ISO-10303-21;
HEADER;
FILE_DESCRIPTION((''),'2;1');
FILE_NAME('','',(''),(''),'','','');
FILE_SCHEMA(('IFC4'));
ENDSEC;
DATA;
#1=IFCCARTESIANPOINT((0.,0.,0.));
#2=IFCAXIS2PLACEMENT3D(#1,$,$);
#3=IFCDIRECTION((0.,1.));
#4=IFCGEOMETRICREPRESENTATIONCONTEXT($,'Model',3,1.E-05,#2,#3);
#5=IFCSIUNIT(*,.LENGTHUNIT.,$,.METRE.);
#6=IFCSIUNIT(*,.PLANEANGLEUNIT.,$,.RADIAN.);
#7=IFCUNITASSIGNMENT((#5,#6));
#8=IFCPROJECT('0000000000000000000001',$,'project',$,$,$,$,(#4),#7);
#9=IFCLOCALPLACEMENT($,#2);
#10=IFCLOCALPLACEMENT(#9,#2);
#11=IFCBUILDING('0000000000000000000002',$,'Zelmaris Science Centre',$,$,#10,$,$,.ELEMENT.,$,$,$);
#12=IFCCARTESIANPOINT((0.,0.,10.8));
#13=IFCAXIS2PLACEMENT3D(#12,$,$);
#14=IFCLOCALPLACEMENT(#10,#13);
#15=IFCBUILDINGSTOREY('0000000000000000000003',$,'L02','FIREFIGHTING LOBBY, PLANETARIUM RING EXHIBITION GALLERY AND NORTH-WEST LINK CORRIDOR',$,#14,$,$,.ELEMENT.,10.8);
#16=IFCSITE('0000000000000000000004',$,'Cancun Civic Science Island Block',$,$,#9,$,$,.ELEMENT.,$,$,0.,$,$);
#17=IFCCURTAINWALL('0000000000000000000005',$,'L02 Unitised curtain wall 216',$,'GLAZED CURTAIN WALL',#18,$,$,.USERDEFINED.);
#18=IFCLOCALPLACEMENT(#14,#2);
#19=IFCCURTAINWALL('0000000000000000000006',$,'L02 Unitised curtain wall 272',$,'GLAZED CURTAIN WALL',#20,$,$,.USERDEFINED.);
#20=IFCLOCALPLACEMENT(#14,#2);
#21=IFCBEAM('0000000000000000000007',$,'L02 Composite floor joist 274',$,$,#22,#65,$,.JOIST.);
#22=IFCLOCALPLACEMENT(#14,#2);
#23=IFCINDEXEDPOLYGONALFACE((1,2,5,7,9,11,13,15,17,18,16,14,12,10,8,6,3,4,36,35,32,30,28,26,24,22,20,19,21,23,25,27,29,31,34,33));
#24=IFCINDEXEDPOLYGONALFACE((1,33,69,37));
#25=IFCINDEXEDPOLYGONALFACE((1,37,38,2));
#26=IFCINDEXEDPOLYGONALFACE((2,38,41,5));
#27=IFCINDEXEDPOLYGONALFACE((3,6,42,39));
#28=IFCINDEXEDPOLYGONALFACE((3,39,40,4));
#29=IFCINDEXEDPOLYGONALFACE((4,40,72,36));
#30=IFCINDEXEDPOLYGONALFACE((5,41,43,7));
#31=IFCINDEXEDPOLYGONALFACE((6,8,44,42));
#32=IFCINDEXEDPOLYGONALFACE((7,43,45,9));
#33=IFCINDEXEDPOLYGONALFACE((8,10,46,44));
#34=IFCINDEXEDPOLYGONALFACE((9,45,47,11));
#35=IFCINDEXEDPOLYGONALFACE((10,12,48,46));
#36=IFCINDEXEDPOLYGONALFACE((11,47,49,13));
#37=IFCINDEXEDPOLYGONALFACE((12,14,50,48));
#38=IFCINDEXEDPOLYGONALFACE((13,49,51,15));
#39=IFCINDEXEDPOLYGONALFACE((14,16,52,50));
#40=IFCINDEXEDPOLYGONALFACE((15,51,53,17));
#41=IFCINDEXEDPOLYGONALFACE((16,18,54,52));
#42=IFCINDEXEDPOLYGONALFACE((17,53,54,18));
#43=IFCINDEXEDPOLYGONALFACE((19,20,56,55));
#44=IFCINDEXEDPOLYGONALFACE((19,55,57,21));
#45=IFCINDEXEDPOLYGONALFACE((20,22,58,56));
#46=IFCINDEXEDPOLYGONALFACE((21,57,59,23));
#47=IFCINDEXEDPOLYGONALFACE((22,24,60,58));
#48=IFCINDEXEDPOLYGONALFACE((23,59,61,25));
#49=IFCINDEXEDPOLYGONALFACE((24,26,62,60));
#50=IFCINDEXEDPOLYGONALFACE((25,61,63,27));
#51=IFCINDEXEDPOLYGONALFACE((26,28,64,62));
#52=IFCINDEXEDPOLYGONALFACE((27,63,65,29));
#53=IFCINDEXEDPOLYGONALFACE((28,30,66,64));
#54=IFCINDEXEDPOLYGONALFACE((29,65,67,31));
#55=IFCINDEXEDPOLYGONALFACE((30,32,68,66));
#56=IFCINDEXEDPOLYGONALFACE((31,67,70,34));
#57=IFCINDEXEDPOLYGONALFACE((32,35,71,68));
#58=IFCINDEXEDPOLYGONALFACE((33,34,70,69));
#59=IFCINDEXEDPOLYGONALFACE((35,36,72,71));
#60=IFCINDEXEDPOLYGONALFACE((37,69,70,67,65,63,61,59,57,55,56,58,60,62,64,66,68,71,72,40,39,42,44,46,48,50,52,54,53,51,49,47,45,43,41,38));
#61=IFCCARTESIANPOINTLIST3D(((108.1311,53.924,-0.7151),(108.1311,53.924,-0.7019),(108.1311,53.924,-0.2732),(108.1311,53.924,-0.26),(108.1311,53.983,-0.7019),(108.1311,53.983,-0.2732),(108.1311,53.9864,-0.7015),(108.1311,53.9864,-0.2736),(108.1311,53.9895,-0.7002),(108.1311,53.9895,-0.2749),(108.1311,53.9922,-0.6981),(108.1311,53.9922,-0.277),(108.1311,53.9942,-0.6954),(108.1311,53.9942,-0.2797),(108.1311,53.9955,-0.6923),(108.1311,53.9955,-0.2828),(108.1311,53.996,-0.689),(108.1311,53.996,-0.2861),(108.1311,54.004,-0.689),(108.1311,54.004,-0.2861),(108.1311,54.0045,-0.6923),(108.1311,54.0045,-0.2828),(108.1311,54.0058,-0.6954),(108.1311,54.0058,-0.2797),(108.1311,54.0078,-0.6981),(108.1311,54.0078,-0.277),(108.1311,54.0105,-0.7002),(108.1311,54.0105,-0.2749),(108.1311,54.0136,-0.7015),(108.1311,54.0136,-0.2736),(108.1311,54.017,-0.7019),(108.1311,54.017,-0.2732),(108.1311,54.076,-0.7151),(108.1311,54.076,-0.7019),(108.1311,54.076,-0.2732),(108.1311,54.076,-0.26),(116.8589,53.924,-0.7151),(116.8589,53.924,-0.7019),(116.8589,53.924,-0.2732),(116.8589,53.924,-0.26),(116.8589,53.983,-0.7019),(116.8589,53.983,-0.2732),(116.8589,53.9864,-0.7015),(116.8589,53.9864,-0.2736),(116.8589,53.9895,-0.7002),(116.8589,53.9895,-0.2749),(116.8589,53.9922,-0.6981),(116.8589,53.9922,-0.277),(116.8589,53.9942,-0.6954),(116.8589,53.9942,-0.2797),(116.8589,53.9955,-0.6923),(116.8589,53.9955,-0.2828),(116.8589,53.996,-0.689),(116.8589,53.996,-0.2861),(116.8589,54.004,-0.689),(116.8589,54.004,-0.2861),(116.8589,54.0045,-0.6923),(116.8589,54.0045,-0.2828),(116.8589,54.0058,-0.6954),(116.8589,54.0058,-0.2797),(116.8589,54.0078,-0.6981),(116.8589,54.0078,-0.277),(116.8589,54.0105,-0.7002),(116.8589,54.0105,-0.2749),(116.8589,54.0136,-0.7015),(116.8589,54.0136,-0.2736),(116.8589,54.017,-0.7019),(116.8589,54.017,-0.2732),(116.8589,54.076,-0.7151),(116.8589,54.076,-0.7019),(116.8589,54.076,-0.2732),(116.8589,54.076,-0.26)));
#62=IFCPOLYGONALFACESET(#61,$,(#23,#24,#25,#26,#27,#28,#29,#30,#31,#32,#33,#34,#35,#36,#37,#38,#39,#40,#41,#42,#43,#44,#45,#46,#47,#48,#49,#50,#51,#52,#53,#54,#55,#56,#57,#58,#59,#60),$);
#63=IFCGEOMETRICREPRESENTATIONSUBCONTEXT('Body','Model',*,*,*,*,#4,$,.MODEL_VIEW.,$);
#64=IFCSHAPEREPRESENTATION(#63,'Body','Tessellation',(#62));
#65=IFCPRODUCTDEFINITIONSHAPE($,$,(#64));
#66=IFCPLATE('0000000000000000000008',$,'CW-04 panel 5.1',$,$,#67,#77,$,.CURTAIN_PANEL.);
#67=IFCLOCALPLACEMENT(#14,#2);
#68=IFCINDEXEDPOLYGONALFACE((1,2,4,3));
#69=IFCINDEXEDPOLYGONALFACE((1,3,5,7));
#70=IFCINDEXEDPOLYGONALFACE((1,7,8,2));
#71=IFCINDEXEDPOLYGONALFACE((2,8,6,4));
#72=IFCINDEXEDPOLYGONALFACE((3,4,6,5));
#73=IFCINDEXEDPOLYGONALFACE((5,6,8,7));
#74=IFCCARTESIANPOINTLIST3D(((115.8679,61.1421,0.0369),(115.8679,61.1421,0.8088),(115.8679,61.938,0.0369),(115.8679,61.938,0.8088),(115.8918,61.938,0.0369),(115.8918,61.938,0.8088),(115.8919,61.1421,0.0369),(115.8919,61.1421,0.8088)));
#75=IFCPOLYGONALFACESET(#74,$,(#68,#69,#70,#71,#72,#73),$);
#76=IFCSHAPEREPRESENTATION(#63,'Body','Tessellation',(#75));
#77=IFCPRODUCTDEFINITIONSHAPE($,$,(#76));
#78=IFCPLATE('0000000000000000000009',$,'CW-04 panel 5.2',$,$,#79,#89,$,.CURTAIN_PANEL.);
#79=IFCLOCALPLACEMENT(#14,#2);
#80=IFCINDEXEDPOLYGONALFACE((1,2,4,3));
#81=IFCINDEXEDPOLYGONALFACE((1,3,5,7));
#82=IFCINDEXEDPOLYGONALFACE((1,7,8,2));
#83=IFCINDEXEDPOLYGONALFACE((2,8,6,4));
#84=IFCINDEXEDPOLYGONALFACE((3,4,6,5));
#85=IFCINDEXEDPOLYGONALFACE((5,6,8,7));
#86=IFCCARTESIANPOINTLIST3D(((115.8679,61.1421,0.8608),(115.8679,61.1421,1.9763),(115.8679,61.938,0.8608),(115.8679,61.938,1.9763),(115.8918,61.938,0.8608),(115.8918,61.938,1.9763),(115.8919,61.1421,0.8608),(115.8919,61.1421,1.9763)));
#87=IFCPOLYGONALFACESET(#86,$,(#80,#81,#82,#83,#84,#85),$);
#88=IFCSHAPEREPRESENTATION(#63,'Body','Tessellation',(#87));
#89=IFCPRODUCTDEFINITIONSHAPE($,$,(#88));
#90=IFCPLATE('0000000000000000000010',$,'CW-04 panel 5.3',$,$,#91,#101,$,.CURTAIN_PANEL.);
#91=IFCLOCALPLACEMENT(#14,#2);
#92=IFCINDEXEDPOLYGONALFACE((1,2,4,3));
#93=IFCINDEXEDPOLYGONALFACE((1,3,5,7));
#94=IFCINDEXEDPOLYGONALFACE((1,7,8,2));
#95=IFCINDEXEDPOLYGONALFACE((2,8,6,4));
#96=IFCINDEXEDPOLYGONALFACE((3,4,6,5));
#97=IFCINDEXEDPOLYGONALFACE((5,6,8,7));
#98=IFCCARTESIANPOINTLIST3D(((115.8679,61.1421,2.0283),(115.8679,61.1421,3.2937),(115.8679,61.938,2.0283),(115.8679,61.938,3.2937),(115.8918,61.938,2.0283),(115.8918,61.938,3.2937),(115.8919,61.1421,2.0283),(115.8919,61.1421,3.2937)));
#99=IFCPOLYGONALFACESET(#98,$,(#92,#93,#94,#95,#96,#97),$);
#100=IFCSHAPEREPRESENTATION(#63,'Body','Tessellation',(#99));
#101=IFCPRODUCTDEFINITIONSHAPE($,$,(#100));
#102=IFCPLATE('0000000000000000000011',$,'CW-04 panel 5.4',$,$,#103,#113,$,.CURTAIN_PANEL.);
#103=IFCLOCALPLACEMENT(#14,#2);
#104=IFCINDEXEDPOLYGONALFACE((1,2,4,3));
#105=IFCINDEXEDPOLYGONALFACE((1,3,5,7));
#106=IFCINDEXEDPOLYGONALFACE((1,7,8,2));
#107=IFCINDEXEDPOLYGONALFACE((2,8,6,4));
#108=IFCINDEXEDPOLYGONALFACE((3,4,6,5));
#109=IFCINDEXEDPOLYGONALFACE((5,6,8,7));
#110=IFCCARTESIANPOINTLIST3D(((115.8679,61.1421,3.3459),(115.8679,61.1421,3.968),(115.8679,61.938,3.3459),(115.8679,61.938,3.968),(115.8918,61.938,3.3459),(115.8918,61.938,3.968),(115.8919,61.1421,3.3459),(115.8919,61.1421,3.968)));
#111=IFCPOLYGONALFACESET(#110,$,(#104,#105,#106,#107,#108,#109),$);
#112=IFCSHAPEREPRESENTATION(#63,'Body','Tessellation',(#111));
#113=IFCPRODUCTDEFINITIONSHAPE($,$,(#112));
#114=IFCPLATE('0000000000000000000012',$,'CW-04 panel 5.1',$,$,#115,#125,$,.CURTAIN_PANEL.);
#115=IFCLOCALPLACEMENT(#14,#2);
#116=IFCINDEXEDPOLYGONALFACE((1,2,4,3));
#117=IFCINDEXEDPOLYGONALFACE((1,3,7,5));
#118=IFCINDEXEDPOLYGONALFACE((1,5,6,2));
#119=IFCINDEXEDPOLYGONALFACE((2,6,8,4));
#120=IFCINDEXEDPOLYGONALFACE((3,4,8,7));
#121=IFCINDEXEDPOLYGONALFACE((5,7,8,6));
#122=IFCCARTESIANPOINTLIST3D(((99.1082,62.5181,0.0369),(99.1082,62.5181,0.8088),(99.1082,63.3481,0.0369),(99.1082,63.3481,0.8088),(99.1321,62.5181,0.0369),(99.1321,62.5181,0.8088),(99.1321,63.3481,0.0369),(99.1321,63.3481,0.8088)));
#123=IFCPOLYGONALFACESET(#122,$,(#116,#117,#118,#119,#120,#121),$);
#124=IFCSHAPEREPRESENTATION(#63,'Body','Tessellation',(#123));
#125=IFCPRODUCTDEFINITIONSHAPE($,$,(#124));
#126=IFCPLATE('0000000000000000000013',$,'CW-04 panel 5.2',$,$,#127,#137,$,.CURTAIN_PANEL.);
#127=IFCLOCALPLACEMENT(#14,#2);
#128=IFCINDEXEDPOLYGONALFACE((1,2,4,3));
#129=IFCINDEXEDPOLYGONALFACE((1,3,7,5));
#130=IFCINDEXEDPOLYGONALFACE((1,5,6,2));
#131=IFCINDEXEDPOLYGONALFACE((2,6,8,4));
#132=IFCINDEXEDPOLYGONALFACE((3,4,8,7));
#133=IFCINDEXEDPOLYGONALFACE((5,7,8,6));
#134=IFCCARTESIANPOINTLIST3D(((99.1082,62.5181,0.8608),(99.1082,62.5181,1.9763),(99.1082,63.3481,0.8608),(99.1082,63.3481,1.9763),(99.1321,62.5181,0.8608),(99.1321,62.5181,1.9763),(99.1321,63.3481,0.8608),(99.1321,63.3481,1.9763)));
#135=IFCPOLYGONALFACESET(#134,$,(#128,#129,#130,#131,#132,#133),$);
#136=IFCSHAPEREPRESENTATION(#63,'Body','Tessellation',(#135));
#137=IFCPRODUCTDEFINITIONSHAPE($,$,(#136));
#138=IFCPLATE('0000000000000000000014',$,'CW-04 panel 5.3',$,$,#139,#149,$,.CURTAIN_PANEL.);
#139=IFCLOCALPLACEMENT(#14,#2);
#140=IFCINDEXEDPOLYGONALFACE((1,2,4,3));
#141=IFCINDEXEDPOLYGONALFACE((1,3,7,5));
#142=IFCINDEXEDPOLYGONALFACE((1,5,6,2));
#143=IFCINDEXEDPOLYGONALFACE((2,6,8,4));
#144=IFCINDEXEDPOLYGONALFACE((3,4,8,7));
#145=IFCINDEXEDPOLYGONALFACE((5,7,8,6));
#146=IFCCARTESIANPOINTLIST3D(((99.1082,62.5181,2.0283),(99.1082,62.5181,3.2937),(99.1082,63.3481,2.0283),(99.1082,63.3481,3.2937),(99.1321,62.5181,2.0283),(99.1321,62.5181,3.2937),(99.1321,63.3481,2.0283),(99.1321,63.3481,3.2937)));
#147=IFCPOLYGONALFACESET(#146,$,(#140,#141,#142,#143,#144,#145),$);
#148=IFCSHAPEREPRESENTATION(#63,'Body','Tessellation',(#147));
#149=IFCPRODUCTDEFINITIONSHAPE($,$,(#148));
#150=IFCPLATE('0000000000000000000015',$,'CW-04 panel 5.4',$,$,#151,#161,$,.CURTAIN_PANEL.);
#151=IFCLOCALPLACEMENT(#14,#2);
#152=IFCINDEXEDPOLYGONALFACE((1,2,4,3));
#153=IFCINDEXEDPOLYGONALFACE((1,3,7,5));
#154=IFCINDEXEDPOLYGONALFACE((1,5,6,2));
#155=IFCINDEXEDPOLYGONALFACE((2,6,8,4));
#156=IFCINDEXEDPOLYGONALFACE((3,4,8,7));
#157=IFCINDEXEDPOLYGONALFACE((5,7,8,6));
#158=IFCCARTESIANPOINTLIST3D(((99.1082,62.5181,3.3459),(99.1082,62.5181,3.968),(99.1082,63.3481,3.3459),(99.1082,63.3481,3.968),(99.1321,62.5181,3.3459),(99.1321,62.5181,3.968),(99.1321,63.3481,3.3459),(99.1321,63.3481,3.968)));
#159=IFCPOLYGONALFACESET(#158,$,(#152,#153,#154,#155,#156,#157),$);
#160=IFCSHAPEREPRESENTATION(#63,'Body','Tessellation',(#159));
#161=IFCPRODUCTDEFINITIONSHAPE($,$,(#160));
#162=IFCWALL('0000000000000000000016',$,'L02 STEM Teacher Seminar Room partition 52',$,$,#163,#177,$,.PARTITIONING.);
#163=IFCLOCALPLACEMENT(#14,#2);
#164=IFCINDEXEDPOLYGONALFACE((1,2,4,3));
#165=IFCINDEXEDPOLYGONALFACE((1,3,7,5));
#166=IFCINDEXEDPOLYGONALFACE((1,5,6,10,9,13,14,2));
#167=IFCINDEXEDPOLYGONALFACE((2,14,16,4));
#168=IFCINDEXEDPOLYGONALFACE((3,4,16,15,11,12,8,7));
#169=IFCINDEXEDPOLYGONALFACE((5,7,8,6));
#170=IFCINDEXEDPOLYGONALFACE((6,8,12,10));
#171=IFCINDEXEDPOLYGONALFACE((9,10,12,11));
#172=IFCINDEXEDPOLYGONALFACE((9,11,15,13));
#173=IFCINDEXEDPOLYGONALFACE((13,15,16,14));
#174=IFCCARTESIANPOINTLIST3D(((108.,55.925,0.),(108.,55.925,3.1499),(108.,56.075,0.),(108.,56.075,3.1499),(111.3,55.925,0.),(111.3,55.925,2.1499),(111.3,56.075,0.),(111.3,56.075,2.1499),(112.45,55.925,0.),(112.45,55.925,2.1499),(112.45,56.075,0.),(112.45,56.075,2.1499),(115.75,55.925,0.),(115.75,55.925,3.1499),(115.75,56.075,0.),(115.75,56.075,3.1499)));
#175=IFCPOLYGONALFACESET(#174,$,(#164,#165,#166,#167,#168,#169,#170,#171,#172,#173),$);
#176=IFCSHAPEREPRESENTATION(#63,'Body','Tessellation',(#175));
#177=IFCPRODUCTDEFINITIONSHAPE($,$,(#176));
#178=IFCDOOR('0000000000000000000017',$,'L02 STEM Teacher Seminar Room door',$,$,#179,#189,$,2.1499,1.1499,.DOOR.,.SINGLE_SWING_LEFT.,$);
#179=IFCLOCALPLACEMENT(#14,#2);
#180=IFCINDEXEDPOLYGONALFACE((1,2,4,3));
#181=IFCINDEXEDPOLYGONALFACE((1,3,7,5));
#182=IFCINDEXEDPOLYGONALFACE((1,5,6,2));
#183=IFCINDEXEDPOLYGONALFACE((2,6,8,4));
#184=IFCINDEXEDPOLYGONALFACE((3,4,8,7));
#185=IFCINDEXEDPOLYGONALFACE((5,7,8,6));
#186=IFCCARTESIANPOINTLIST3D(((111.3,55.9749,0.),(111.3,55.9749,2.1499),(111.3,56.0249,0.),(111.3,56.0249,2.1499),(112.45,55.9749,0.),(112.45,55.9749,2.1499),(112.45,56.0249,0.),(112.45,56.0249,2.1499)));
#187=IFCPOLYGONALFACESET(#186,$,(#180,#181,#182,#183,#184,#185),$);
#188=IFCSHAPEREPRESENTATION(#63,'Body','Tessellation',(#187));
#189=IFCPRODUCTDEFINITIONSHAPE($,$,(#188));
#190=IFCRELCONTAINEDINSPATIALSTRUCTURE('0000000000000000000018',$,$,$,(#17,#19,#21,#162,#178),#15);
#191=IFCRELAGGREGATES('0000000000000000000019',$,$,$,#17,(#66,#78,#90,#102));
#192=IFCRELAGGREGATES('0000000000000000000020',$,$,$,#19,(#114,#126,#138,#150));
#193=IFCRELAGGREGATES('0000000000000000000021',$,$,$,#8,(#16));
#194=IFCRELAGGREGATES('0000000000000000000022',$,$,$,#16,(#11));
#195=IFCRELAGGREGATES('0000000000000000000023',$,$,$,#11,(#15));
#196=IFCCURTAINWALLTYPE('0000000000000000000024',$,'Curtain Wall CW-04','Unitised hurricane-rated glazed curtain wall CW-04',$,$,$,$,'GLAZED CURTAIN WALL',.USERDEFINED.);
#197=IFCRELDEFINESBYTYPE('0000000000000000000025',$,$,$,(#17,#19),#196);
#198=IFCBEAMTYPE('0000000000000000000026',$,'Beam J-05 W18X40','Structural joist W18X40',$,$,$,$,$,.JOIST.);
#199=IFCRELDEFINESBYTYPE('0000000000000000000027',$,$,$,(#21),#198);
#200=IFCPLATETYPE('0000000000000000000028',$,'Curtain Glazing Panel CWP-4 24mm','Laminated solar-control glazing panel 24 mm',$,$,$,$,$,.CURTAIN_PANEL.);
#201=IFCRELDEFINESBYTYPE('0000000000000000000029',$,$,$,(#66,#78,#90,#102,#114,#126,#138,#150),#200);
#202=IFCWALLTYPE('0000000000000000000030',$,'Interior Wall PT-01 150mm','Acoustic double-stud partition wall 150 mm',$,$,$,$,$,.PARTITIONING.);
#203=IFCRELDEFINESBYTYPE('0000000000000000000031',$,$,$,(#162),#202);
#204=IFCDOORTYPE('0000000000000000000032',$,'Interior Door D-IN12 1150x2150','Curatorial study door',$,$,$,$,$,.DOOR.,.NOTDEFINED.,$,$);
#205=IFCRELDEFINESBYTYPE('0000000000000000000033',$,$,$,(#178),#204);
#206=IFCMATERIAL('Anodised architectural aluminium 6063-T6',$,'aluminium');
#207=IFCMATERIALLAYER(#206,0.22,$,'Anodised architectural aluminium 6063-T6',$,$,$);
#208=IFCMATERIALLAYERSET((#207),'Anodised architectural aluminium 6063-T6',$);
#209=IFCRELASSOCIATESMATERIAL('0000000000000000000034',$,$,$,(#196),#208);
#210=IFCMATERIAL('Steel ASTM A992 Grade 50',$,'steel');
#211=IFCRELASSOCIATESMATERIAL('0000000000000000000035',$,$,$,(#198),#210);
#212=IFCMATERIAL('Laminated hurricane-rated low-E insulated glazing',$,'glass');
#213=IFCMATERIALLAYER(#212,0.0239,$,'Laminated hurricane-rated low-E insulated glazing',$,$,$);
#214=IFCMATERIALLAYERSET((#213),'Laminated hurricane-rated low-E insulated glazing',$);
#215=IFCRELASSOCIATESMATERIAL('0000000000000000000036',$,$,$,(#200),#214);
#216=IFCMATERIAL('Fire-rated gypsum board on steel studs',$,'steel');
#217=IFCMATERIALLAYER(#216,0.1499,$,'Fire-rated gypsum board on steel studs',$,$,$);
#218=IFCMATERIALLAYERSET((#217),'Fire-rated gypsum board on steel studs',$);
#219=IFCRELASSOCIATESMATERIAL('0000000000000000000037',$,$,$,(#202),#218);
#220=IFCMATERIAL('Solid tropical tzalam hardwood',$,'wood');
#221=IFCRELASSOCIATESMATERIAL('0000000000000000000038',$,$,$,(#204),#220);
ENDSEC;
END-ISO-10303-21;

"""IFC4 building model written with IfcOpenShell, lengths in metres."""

from ifc_helpers import new_model, si_unit, direction, frame, frame_2d, origin, origin_2d, place, context, subcontext, project, spatial, rectangle, i_section, extrude, material, layer, layer_set, material_profile, profile_set, type_object, element, fill, aggregate, save


model = new_model("IFC4")

# Units and contexts
model_context = context("Model", 3, precision=1e-05, world=origin(), true_north=direction((0.0, 1.0)))
body_context = subcontext(model_context, "Body", "Model", "MODEL_VIEW")
ifc_project = project(units=[si_unit("LENGTHUNIT", "METRE"), si_unit("PLANEANGLEUNIT", "RADIAN")], contexts=[model_context])

# Site, building, storey
site_placement = place(None, origin())
site = spatial("IfcSite", under=ifc_project, at=site_placement, Name="Cancun Civic Science Island Block", CompositionType="ELEMENT", RefElevation=0.0)
building_placement = place(site_placement, origin())
building = spatial("IfcBuilding", under=site, at=building_placement, Name="Zelmaris Science Centre", CompositionType="ELEMENT")
storey_placement = place(building_placement, frame((0.0, 0.0, 10.8)))
storey = spatial("IfcBuildingStorey", under=building, at=storey_placement, Name="L02", Description="FIREFIGHTING LOBBY, PLANETARIUM RING EXHIBITION GALLERY AND NORTH-WEST LINK CORRIDOR", CompositionType="ELEMENT", Elevation=10.8)

# Shared definitions
ifc_material_1 = material(Name="Steel ASTM A992 Grade 50", Category="steel")

# Curtain walls
ifc_material_2 = material(Name="Anodised architectural aluminium 6063-T6", Category="aluminium")
ifc_layer_1 = layer(ifc_material_2, 0.22, Name="Anodised architectural aluminium 6063-T6")
ifc_layer_set_1 = layer_set([ifc_layer_1], Name="Anodised architectural aluminium 6063-T6")
curtain_wall_type = type_object("IfcCurtainWallType", Name="Curtain Wall CW-04", Description="Unitised hurricane-rated glazed curtain wall CW-04", ElementType="GLAZED CURTAIN WALL", PredefinedType="USERDEFINED", material=ifc_layer_set_1)
curtain_wall_1_placement = place(storey_placement, origin())
curtain_wall_1 = element("IfcCurtainWall", 1, at=curtain_wall_1_placement, inside=storey, type_object=curtain_wall_type, Name="L02 Unitised curtain wall 216", ObjectType="GLAZED CURTAIN WALL", PredefinedType="USERDEFINED")
curtain_wall_2_placement = place(storey_placement, origin())
curtain_wall_2 = element("IfcCurtainWall", 2, at=curtain_wall_2_placement, inside=storey, type_object=curtain_wall_type, Name="L02 Unitised curtain wall 272", ObjectType="GLAZED CURTAIN WALL", PredefinedType="USERDEFINED")

# Beam
ifc_material_profile_1 = material_profile(ifc_material_1, i_section(OverallWidth=0.1521, OverallDepth=0.4551, WebThickness=0.0081, FlangeThickness=0.0132, FilletRadius=0.0129, at=origin_2d()), Name="W18X40")
ifc_profile_set_1 = profile_set([ifc_material_profile_1], Name="Steel ASTM A992 Grade 50")
beam_type_1 = type_object("IfcBeamType", Name="Beam J-05 W18X40", Description="Structural joist W18X40", PredefinedType="JOIST", material=ifc_profile_set_1)
beam_1_placement = place(storey_placement, frame((108.1311, 54.0, -0.4875), z_axis=(1.0, 0.0, 0.0), x_axis=(0.0, 1.0, 0.0)))
element("IfcBeam", 3, at=beam_1_placement, inside=storey, type_object=beam_type_1, Name="L02 Composite floor joist 274", PredefinedType="JOIST", context=body_context, shape_type="SweptSolid", body=[
    extrude(i_section(OverallWidth=0.1521, OverallDepth=0.4551, WebThickness=0.0081, FlangeThickness=0.0132, FilletRadius=0.0129, at=origin_2d()), origin(), (0.0, 0.0, 1.0), 8.7278),
])

# Plates
ifc_material_3 = material(Name="Laminated hurricane-rated low-E insulated glazing", Category="glass")
ifc_layer_2 = layer(ifc_material_3, 0.0239, Name="Laminated hurricane-rated low-E insulated glazing")
ifc_layer_set_2 = layer_set([ifc_layer_2], Name="Laminated hurricane-rated low-E insulated glazing")
plate_type = type_object("IfcPlateType", Name="Curtain Glazing Panel CWP-4 24mm", Description="Laminated solar-control glazing panel 24 mm", PredefinedType="CURTAIN_PANEL", material=ifc_layer_set_2)
plate_1_placement = place(storey_placement, frame((115.8799, 61.54, 0.0369), z_axis=(0.0, 0.0, 1.0), x_axis=(0.000023, -1.0, 0.0)))
plate_1 = element("IfcPlate", 4, at=plate_1_placement, type_object=plate_type, Name="CW-04 panel 5.1", PredefinedType="CURTAIN_PANEL", context=body_context, shape_type="SweptSolid", body=[
    extrude(rectangle(XDim=0.7959, YDim=0.0239, at=origin_2d()), origin(), (0.0, 0.0, 1.0), 0.772),
])
plate_2_placement = place(storey_placement, frame((115.8799, 61.54, 0.8608), z_axis=(0.0, 0.0, 1.0), x_axis=(0.000023, -1.0, 0.0)))
plate_2 = element("IfcPlate", 5, at=plate_2_placement, type_object=plate_type, Name="CW-04 panel 5.2", PredefinedType="CURTAIN_PANEL", context=body_context, shape_type="SweptSolid", body=[
    extrude(rectangle(XDim=0.7959, YDim=0.0239, at=origin_2d()), origin(), (0.0, 0.0, 1.0), 1.1155),
])
plate_3_placement = place(storey_placement, frame((115.8799, 61.54, 2.0283), z_axis=(0.0, 0.0, 1.0), x_axis=(0.000023, -1.0, 0.0)))
plate_3 = element("IfcPlate", 6, at=plate_3_placement, type_object=plate_type, Name="CW-04 panel 5.3", PredefinedType="CURTAIN_PANEL", context=body_context, shape_type="SweptSolid", body=[
    extrude(rectangle(XDim=0.7959, YDim=0.0239, at=origin_2d()), origin(), (0.0, 0.0, 1.0), 1.2654),
])
plate_4_placement = place(storey_placement, frame((115.8799, 61.54, 3.3459), z_axis=(0.0, 0.0, 1.0), x_axis=(0.000023, -1.0, 0.0)))
plate_4 = element("IfcPlate", 7, at=plate_4_placement, type_object=plate_type, Name="CW-04 panel 5.4", PredefinedType="CURTAIN_PANEL", context=body_context, shape_type="SweptSolid", body=[
    extrude(rectangle(XDim=0.7959, YDim=0.0239, at=origin_2d()), origin(), (0.0, 0.0, 1.0), 0.6221),
])
aggregate(curtain_wall_1, [plate_1, plate_2, plate_3, plate_4])
plate_5_placement = place(storey_placement, frame((99.1201, 62.9331, 0.0369), z_axis=(0.0, 0.0, 1.0), x_axis=(0.0, 1.0, 0.0)))
plate_5 = element("IfcPlate", 8, at=plate_5_placement, type_object=plate_type, Name="CW-04 panel 5.1", PredefinedType="CURTAIN_PANEL", context=body_context, shape_type="SweptSolid", body=[
    extrude(rectangle(XDim=0.8301, YDim=0.0239, at=origin_2d()), origin(), (0.0, 0.0, 1.0), 0.772),
])
plate_6_placement = place(storey_placement, frame((99.1201, 62.9331, 0.8608), z_axis=(0.0, 0.0, 1.0), x_axis=(0.0, 1.0, 0.0)))
plate_6 = element("IfcPlate", 9, at=plate_6_placement, type_object=plate_type, Name="CW-04 panel 5.2", PredefinedType="CURTAIN_PANEL", context=body_context, shape_type="SweptSolid", body=[
    extrude(rectangle(XDim=0.8301, YDim=0.0239, at=origin_2d()), origin(), (0.0, 0.0, 1.0), 1.1155),
])
plate_7_placement = place(storey_placement, frame((99.1201, 62.9331, 2.0283), z_axis=(0.0, 0.0, 1.0), x_axis=(0.0, 1.0, 0.0)))
plate_7 = element("IfcPlate", 10, at=plate_7_placement, type_object=plate_type, Name="CW-04 panel 5.3", PredefinedType="CURTAIN_PANEL", context=body_context, shape_type="SweptSolid", body=[
    extrude(rectangle(XDim=0.8301, YDim=0.0239, at=origin_2d()), origin(), (0.0, 0.0, 1.0), 1.2654),
])
plate_8_placement = place(storey_placement, frame((99.1201, 62.9331, 3.3459), z_axis=(0.0, 0.0, 1.0), x_axis=(0.0, 1.0, 0.0)))
plate_8 = element("IfcPlate", 11, at=plate_8_placement, type_object=plate_type, Name="CW-04 panel 5.4", PredefinedType="CURTAIN_PANEL", context=body_context, shape_type="SweptSolid", body=[
    extrude(rectangle(XDim=0.8301, YDim=0.0239, at=origin_2d()), origin(), (0.0, 0.0, 1.0), 0.6221),
])
aggregate(curtain_wall_2, [plate_5, plate_6, plate_7, plate_8])

# Wall, opening, door
ifc_material_4 = material(Name="Fire-rated gypsum board on steel studs", Category="steel")
ifc_layer_3 = layer(ifc_material_4, 0.1499, Name="Fire-rated gypsum board on steel studs")
ifc_layer_set_3 = layer_set([ifc_layer_3], Name="Fire-rated gypsum board on steel studs")
wall_type = type_object("IfcWallType", Name="Interior Wall PT-01 150mm", Description="Acoustic double-stud partition wall 150 mm", PredefinedType="PARTITIONING", material=ifc_layer_set_3)
wall_placement = place(storey_placement, frame((108.0, 56.0, 0.0), z_axis=(0.0, 0.0, 1.0), x_axis=(1.0, 0.0, 0.0)))
wall = element("IfcWall", 12, at=wall_placement, inside=storey, type_object=wall_type, Name="L02 STEM Teacher Seminar Room partition 52", PredefinedType="PARTITIONING", context=body_context, shape_type="SweptSolid", body=[
    extrude(rectangle(XDim=7.75, YDim=0.1499, at=frame_2d((3.875, 0.0))), origin(), (0.0, 0.0, 1.0), 3.1499),
])
opening_placement = place(wall_placement, frame((3.3, 0.0, 0.0)))
opening = element("IfcOpeningElement", 13, at=opening_placement, cuts=wall, PredefinedType="OPENING", context=body_context, shape_type="SweptSolid", body=[
    extrude(rectangle(XDim=1.1499, YDim=2.1499, at=frame_2d((0.575, 1.075))), frame((0.0, 0.085, 0.0), z_axis=(0.0, -1.0, 0.0), x_axis=(1.0, 0.0, 0.0)), (0.0, 0.0, 1.0), 0.1699),
])
ifc_material_5 = material(Name="Solid tropical tzalam hardwood", Category="wood")
door_type = type_object("IfcDoorType", Name="Interior Door D-IN12 1150x2150", Description="Curatorial study door", OperationType="NOTDEFINED", PredefinedType="DOOR", material=ifc_material_5)
door_placement = place(opening_placement, origin())
door = element("IfcDoor", 14, at=door_placement, inside=storey, type_object=door_type, Name="L02 STEM Teacher Seminar Room door", OperationType="SINGLE_SWING_LEFT", OverallHeight=2.1499, OverallWidth=1.1499, PredefinedType="DOOR", context=body_context, shape_type="SweptSolid", body=[
    extrude(rectangle(XDim=1.1499, YDim=2.1499, at=frame_2d((0.575, 1.075))), frame((0.0, 0.0249, 0.0), z_axis=(0.0, -1.0, 0.0), x_axis=(1.0, 0.0, 0.0)), (0.0, 0.0, 1.0), 0.05),
])
fill(opening, door)

save(model, "model.ifc")
